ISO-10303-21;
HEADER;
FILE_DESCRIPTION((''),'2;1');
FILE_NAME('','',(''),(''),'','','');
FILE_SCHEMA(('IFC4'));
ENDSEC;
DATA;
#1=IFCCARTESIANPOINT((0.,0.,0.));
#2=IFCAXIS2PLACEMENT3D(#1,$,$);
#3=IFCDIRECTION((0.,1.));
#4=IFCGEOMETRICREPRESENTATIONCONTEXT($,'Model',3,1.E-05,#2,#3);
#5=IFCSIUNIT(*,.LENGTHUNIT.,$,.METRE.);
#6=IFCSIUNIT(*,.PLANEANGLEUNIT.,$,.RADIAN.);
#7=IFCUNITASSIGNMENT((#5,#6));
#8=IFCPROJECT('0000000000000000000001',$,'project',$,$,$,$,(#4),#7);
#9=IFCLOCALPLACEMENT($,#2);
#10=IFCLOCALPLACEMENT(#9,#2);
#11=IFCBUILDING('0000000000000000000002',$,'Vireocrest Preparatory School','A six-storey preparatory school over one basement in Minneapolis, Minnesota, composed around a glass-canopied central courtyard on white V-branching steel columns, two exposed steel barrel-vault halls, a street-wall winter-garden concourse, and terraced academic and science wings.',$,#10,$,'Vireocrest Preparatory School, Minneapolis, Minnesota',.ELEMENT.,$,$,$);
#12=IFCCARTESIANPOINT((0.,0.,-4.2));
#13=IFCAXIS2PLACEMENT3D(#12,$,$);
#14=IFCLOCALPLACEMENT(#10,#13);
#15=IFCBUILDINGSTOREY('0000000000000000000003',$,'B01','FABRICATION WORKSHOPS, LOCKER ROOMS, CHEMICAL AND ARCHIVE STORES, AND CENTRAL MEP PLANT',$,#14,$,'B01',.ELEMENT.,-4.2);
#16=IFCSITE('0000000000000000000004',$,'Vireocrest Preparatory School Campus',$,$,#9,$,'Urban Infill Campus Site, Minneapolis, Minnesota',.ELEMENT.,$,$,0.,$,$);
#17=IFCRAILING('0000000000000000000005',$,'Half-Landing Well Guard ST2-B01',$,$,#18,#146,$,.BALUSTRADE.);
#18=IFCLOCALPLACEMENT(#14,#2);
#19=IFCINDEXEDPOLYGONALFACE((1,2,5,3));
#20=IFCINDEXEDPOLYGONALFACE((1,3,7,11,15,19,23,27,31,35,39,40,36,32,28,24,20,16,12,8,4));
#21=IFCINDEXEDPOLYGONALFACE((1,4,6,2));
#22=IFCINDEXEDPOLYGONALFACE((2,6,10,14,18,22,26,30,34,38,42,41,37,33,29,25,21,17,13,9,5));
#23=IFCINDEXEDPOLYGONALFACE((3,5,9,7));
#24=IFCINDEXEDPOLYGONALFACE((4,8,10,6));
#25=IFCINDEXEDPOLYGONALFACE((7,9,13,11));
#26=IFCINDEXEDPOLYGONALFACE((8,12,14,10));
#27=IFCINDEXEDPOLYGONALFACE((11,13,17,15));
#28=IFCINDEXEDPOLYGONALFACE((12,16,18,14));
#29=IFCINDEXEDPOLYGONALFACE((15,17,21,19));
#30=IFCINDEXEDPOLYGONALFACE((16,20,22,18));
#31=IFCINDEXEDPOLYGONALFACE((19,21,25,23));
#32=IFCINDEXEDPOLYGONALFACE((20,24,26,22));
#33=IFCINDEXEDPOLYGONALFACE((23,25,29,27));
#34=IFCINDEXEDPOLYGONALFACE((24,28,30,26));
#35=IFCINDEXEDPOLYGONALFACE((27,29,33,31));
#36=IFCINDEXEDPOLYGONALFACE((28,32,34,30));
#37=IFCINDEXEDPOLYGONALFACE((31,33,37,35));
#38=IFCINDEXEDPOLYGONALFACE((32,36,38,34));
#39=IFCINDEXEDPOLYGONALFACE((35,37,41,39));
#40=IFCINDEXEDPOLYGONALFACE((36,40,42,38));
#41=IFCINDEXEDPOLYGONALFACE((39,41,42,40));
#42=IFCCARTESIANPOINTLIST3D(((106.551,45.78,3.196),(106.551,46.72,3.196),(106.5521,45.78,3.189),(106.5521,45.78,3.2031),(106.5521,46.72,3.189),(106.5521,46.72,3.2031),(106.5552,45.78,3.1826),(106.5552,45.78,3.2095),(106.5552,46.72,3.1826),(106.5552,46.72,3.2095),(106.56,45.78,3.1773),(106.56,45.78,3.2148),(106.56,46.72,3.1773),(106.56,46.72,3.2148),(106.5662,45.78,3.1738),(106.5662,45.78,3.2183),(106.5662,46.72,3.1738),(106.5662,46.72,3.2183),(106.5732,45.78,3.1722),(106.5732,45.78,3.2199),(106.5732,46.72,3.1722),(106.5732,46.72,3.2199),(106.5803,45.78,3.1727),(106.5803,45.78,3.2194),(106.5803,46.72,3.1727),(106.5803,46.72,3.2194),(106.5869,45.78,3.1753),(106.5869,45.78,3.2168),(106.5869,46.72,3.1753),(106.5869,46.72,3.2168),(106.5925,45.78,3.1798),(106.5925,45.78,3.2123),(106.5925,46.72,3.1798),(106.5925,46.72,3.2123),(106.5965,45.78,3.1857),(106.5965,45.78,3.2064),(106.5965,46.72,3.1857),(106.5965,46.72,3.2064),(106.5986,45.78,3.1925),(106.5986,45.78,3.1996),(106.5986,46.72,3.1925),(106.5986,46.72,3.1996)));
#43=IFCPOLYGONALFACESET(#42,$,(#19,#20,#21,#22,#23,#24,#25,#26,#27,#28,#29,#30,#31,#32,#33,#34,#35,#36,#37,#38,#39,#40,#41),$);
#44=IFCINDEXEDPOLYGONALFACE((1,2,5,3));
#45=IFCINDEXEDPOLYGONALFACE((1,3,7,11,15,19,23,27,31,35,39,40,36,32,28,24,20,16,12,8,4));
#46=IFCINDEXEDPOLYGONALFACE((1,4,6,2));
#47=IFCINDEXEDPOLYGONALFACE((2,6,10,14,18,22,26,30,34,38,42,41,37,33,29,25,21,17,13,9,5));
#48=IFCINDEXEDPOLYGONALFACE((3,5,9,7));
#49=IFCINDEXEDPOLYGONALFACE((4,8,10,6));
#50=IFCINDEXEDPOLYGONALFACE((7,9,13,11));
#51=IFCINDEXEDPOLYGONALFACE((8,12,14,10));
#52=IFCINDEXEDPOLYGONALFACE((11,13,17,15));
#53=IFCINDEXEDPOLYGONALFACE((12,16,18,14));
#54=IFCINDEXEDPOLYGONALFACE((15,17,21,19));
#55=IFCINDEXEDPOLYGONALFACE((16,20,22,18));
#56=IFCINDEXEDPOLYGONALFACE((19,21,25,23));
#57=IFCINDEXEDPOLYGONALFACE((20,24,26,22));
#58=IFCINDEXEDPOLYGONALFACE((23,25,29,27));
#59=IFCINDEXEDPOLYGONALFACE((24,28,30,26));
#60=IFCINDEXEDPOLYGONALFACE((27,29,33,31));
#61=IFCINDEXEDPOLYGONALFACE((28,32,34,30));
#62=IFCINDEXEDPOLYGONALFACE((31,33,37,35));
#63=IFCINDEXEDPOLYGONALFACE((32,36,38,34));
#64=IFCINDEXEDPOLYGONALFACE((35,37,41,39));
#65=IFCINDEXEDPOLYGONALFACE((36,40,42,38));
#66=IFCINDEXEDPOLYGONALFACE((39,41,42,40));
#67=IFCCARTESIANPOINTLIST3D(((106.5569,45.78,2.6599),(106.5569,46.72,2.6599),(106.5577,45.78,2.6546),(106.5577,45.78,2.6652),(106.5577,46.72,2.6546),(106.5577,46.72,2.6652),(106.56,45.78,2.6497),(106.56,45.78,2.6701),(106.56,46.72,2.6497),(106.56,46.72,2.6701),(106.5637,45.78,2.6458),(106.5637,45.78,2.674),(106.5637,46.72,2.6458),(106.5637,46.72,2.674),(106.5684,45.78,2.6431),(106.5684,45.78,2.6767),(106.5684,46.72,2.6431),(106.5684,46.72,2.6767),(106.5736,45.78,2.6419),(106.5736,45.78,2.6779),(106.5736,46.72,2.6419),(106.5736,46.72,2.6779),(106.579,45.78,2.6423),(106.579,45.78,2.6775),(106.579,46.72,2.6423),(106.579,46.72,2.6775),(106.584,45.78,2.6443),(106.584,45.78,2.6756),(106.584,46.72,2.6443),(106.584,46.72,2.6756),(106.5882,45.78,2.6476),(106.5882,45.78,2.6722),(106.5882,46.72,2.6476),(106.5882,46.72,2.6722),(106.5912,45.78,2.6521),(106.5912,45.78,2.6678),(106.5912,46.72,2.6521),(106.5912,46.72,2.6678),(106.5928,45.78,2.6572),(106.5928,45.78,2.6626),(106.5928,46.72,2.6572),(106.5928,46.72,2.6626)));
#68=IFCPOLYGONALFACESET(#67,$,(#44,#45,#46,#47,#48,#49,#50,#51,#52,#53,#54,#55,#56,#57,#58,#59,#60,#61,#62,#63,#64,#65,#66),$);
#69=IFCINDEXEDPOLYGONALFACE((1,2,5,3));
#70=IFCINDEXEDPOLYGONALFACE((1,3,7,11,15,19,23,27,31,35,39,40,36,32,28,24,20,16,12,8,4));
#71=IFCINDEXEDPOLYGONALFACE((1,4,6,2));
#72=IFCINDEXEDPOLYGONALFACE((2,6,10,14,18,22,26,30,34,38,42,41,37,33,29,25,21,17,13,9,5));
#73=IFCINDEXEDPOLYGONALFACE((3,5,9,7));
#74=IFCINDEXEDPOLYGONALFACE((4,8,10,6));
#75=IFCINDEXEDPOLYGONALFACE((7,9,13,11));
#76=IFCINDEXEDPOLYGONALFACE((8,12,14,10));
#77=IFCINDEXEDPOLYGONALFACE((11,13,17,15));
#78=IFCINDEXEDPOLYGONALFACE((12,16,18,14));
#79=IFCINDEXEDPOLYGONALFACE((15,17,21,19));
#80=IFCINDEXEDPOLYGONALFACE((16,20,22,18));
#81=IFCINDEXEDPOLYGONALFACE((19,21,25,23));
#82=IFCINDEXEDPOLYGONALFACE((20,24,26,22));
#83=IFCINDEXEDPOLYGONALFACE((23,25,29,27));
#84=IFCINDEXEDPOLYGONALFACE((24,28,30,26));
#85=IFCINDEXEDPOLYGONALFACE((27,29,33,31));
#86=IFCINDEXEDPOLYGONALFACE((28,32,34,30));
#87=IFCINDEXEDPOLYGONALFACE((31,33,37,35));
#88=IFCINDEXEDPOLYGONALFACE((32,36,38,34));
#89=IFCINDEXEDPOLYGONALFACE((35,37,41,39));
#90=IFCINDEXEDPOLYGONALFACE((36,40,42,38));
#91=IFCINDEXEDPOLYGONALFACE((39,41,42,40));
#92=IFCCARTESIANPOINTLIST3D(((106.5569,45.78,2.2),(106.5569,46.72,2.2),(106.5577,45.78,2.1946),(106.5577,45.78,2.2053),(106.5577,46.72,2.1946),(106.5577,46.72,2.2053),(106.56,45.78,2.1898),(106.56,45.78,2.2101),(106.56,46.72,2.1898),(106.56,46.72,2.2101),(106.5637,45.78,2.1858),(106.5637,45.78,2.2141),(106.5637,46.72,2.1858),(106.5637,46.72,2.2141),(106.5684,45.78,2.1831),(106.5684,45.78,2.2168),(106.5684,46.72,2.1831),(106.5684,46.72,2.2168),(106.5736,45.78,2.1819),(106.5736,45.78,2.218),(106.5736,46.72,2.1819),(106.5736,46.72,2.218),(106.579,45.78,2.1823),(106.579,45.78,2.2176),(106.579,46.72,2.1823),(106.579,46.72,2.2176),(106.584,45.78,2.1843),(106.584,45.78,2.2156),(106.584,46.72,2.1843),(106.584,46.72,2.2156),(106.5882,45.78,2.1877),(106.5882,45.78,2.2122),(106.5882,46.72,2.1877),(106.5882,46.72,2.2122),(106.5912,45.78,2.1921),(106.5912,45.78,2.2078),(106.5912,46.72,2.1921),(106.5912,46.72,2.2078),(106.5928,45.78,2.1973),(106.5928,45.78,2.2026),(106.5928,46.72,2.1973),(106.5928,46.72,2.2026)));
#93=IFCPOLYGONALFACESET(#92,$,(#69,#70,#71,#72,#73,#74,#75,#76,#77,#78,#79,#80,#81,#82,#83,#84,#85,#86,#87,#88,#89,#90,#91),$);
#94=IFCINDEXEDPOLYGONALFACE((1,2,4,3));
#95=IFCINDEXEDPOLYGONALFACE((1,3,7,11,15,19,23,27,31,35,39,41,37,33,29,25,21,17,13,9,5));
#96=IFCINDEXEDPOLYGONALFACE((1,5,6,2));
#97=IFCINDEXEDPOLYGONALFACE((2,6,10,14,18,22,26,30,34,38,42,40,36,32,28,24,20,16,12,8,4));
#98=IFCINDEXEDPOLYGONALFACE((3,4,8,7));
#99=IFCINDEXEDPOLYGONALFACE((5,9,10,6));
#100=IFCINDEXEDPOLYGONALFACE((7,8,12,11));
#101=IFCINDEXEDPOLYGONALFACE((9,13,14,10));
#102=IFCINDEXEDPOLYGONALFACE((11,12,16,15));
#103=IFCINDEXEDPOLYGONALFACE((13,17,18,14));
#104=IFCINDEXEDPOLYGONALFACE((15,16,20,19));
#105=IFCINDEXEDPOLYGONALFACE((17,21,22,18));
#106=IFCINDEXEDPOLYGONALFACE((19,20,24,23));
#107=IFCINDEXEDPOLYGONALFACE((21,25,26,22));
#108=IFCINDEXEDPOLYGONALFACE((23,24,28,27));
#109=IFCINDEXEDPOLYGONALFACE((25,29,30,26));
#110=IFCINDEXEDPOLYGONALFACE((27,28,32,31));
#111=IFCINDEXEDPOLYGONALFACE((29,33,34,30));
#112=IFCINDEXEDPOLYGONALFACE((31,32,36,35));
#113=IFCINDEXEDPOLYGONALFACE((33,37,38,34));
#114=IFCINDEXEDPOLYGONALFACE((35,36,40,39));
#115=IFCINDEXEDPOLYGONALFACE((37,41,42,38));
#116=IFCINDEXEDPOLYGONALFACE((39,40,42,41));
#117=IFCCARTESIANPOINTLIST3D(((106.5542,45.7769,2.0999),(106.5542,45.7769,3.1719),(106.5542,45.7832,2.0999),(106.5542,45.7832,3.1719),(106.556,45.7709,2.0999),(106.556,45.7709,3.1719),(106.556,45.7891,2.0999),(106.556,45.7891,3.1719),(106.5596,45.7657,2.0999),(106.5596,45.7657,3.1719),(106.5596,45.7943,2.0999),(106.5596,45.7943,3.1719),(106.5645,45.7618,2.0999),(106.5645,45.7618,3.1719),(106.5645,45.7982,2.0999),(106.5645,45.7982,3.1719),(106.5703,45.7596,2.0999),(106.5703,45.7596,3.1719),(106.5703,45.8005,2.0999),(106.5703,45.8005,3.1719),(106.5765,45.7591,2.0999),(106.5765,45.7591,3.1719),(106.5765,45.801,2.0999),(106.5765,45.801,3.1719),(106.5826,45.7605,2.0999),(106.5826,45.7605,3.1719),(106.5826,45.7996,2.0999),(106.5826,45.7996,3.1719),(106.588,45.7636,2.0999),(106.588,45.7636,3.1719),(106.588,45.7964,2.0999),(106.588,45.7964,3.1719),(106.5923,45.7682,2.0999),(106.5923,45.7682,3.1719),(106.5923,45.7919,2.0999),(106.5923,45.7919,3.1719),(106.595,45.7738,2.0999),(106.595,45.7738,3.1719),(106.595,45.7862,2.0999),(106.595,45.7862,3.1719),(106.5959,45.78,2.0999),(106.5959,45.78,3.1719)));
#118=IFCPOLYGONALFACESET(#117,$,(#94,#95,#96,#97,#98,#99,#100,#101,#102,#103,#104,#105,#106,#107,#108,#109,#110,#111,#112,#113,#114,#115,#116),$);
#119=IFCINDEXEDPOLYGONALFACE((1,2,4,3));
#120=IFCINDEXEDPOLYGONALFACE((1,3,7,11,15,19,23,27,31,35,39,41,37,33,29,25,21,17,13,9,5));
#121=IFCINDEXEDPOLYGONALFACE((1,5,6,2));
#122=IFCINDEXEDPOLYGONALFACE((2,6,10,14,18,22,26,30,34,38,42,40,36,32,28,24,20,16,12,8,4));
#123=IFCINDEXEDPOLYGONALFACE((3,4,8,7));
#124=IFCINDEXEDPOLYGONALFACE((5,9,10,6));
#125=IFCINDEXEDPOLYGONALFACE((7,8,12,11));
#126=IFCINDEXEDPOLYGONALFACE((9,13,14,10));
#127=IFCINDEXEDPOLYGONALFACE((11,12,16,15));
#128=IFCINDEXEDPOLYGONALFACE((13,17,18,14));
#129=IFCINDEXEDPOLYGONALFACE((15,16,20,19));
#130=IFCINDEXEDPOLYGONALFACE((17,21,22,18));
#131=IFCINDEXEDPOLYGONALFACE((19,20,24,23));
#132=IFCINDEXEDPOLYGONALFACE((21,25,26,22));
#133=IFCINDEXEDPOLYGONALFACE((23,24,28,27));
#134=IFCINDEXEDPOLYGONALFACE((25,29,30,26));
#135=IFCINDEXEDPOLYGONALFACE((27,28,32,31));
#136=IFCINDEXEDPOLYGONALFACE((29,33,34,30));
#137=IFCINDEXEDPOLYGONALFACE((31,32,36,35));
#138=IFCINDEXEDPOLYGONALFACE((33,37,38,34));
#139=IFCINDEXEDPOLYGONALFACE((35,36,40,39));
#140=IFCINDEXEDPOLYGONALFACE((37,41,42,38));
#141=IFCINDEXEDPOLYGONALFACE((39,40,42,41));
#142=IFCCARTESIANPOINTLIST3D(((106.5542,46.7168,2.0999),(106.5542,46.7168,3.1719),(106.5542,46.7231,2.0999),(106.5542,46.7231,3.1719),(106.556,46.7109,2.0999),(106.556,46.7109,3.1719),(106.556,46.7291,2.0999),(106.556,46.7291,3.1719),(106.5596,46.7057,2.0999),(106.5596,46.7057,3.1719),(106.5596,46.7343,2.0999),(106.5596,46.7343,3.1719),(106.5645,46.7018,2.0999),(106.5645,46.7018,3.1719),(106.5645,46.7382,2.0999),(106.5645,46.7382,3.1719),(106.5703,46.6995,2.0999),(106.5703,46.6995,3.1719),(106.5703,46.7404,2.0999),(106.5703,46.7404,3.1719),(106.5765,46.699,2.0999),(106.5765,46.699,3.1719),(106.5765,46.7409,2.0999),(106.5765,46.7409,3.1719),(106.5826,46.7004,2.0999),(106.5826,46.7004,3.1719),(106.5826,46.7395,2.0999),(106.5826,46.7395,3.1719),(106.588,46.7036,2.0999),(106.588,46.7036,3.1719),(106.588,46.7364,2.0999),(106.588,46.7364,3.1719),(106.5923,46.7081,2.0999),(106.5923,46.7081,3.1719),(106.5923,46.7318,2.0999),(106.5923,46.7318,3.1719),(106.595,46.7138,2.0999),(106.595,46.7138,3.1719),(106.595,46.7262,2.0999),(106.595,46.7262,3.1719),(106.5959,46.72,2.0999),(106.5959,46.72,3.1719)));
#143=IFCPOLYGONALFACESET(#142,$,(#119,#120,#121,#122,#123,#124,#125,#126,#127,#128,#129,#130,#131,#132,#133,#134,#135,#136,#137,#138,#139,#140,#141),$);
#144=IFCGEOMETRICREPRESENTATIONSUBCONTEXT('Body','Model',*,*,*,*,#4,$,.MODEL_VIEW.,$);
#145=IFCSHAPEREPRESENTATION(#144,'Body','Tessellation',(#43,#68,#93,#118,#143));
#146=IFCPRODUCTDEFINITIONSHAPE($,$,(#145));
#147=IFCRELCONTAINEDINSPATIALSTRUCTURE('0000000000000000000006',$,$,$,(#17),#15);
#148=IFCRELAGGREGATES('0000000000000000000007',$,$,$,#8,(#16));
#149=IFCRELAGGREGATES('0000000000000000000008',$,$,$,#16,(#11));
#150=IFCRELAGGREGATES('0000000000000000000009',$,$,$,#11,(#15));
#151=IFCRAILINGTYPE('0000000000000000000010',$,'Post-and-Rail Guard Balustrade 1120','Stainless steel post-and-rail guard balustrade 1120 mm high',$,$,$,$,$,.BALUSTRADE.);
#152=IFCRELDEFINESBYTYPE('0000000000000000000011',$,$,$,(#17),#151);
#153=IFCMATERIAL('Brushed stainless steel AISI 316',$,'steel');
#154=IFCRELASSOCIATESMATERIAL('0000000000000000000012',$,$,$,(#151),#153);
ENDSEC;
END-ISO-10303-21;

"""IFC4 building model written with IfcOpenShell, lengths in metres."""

from ifc_helpers import new_model, si_unit, direction, frame, origin, origin_2d, place, context, subcontext, project, spatial, circle, extrude, material, type_object, element, save


model = new_model("IFC4")

# Units and contexts
model_context = context("Model", 3, precision=1e-05, world=origin(), true_north=direction((0.0, 1.0)))
body_context = subcontext(model_context, "Body", "Model", "MODEL_VIEW")
ifc_project = project(units=[si_unit("LENGTHUNIT", "METRE"), si_unit("PLANEANGLEUNIT", "RADIAN")], contexts=[model_context])

# Site, building, storey
site_placement = place(None, origin())
site = spatial("IfcSite", under=ifc_project, at=site_placement, Name="Vireocrest Preparatory School Campus", LongName="Urban Infill Campus Site, Minneapolis, Minnesota", CompositionType="ELEMENT", RefElevation=0.0)
building_placement = place(site_placement, origin())
building = spatial("IfcBuilding", under=site, at=building_placement, Name="Vireocrest Preparatory School", Description="A six-storey preparatory school over one basement in Minneapolis, Minnesota, composed around a glass-canopied central courtyard on white V-branching steel columns, two exposed steel barrel-vault halls, a street-wall winter-garden concourse, and terraced academic and science wings.", LongName="Vireocrest Preparatory School, Minneapolis, Minnesota", CompositionType="ELEMENT")
storey_placement = place(building_placement, frame((0.0, 0.0, -4.2)))
storey = spatial("IfcBuildingStorey", under=building, at=storey_placement, Name="B01", Description="FABRICATION WORKSHOPS, LOCKER ROOMS, CHEMICAL AND ARCHIVE STORES, AND CENTRAL MEP PLANT", LongName="B01", CompositionType="ELEMENT", Elevation=-4.2)

# Railing
ifc_material_1 = material(Name="Brushed stainless steel AISI 316", Category="steel")
railing_type_1 = type_object("IfcRailingType", Name="Post-and-Rail Guard Balustrade 1120", Description="Stainless steel post-and-rail guard balustrade 1120 mm high", PredefinedType="BALUSTRADE", material=ifc_material_1)
railing_1_placement = place(storey_placement, frame((106.575, 45.78, 2.0999)))
element("IfcRailing", 1, at=railing_1_placement, inside=storey, type_object=railing_type_1, Name="Half-Landing Well Guard ST2-B01", PredefinedType="BALUSTRADE", context=body_context, shape_type="SweptSolid", body=[
    extrude(circle(Radius=0.0239, at=origin_2d()), frame((0.0, 0.0, 1.0962), z_axis=(0.0, 1.0, 0.0), x_axis=(-1.0, 0.0, 0.0)), (0.0, 0.0, 1.0), 0.9399),
    extrude(circle(Radius=0.0181, at=origin_2d()), frame((0.0, 0.0, 0.5601), z_axis=(0.0, 1.0, 0.0), x_axis=(-1.0, 0.0, 0.0)), (0.0, 0.0, 1.0), 0.9399),
    extrude(circle(Radius=0.0181, at=origin_2d()), frame((0.0, 0.0, 0.1001), z_axis=(0.0, 1.0, 0.0), x_axis=(-1.0, 0.0, 0.0)), (0.0, 0.0, 1.0), 0.9399),
    extrude(circle(Radius=0.021, at=origin_2d()), origin(), (0.0, 0.0, 1.0), 1.072),
    extrude(circle(Radius=0.021, at=origin_2d()), frame((0.0, 0.9399, 0.0)), (0.0, 0.0, 1.0), 1.072),
])

save(model, "model.ifc")
